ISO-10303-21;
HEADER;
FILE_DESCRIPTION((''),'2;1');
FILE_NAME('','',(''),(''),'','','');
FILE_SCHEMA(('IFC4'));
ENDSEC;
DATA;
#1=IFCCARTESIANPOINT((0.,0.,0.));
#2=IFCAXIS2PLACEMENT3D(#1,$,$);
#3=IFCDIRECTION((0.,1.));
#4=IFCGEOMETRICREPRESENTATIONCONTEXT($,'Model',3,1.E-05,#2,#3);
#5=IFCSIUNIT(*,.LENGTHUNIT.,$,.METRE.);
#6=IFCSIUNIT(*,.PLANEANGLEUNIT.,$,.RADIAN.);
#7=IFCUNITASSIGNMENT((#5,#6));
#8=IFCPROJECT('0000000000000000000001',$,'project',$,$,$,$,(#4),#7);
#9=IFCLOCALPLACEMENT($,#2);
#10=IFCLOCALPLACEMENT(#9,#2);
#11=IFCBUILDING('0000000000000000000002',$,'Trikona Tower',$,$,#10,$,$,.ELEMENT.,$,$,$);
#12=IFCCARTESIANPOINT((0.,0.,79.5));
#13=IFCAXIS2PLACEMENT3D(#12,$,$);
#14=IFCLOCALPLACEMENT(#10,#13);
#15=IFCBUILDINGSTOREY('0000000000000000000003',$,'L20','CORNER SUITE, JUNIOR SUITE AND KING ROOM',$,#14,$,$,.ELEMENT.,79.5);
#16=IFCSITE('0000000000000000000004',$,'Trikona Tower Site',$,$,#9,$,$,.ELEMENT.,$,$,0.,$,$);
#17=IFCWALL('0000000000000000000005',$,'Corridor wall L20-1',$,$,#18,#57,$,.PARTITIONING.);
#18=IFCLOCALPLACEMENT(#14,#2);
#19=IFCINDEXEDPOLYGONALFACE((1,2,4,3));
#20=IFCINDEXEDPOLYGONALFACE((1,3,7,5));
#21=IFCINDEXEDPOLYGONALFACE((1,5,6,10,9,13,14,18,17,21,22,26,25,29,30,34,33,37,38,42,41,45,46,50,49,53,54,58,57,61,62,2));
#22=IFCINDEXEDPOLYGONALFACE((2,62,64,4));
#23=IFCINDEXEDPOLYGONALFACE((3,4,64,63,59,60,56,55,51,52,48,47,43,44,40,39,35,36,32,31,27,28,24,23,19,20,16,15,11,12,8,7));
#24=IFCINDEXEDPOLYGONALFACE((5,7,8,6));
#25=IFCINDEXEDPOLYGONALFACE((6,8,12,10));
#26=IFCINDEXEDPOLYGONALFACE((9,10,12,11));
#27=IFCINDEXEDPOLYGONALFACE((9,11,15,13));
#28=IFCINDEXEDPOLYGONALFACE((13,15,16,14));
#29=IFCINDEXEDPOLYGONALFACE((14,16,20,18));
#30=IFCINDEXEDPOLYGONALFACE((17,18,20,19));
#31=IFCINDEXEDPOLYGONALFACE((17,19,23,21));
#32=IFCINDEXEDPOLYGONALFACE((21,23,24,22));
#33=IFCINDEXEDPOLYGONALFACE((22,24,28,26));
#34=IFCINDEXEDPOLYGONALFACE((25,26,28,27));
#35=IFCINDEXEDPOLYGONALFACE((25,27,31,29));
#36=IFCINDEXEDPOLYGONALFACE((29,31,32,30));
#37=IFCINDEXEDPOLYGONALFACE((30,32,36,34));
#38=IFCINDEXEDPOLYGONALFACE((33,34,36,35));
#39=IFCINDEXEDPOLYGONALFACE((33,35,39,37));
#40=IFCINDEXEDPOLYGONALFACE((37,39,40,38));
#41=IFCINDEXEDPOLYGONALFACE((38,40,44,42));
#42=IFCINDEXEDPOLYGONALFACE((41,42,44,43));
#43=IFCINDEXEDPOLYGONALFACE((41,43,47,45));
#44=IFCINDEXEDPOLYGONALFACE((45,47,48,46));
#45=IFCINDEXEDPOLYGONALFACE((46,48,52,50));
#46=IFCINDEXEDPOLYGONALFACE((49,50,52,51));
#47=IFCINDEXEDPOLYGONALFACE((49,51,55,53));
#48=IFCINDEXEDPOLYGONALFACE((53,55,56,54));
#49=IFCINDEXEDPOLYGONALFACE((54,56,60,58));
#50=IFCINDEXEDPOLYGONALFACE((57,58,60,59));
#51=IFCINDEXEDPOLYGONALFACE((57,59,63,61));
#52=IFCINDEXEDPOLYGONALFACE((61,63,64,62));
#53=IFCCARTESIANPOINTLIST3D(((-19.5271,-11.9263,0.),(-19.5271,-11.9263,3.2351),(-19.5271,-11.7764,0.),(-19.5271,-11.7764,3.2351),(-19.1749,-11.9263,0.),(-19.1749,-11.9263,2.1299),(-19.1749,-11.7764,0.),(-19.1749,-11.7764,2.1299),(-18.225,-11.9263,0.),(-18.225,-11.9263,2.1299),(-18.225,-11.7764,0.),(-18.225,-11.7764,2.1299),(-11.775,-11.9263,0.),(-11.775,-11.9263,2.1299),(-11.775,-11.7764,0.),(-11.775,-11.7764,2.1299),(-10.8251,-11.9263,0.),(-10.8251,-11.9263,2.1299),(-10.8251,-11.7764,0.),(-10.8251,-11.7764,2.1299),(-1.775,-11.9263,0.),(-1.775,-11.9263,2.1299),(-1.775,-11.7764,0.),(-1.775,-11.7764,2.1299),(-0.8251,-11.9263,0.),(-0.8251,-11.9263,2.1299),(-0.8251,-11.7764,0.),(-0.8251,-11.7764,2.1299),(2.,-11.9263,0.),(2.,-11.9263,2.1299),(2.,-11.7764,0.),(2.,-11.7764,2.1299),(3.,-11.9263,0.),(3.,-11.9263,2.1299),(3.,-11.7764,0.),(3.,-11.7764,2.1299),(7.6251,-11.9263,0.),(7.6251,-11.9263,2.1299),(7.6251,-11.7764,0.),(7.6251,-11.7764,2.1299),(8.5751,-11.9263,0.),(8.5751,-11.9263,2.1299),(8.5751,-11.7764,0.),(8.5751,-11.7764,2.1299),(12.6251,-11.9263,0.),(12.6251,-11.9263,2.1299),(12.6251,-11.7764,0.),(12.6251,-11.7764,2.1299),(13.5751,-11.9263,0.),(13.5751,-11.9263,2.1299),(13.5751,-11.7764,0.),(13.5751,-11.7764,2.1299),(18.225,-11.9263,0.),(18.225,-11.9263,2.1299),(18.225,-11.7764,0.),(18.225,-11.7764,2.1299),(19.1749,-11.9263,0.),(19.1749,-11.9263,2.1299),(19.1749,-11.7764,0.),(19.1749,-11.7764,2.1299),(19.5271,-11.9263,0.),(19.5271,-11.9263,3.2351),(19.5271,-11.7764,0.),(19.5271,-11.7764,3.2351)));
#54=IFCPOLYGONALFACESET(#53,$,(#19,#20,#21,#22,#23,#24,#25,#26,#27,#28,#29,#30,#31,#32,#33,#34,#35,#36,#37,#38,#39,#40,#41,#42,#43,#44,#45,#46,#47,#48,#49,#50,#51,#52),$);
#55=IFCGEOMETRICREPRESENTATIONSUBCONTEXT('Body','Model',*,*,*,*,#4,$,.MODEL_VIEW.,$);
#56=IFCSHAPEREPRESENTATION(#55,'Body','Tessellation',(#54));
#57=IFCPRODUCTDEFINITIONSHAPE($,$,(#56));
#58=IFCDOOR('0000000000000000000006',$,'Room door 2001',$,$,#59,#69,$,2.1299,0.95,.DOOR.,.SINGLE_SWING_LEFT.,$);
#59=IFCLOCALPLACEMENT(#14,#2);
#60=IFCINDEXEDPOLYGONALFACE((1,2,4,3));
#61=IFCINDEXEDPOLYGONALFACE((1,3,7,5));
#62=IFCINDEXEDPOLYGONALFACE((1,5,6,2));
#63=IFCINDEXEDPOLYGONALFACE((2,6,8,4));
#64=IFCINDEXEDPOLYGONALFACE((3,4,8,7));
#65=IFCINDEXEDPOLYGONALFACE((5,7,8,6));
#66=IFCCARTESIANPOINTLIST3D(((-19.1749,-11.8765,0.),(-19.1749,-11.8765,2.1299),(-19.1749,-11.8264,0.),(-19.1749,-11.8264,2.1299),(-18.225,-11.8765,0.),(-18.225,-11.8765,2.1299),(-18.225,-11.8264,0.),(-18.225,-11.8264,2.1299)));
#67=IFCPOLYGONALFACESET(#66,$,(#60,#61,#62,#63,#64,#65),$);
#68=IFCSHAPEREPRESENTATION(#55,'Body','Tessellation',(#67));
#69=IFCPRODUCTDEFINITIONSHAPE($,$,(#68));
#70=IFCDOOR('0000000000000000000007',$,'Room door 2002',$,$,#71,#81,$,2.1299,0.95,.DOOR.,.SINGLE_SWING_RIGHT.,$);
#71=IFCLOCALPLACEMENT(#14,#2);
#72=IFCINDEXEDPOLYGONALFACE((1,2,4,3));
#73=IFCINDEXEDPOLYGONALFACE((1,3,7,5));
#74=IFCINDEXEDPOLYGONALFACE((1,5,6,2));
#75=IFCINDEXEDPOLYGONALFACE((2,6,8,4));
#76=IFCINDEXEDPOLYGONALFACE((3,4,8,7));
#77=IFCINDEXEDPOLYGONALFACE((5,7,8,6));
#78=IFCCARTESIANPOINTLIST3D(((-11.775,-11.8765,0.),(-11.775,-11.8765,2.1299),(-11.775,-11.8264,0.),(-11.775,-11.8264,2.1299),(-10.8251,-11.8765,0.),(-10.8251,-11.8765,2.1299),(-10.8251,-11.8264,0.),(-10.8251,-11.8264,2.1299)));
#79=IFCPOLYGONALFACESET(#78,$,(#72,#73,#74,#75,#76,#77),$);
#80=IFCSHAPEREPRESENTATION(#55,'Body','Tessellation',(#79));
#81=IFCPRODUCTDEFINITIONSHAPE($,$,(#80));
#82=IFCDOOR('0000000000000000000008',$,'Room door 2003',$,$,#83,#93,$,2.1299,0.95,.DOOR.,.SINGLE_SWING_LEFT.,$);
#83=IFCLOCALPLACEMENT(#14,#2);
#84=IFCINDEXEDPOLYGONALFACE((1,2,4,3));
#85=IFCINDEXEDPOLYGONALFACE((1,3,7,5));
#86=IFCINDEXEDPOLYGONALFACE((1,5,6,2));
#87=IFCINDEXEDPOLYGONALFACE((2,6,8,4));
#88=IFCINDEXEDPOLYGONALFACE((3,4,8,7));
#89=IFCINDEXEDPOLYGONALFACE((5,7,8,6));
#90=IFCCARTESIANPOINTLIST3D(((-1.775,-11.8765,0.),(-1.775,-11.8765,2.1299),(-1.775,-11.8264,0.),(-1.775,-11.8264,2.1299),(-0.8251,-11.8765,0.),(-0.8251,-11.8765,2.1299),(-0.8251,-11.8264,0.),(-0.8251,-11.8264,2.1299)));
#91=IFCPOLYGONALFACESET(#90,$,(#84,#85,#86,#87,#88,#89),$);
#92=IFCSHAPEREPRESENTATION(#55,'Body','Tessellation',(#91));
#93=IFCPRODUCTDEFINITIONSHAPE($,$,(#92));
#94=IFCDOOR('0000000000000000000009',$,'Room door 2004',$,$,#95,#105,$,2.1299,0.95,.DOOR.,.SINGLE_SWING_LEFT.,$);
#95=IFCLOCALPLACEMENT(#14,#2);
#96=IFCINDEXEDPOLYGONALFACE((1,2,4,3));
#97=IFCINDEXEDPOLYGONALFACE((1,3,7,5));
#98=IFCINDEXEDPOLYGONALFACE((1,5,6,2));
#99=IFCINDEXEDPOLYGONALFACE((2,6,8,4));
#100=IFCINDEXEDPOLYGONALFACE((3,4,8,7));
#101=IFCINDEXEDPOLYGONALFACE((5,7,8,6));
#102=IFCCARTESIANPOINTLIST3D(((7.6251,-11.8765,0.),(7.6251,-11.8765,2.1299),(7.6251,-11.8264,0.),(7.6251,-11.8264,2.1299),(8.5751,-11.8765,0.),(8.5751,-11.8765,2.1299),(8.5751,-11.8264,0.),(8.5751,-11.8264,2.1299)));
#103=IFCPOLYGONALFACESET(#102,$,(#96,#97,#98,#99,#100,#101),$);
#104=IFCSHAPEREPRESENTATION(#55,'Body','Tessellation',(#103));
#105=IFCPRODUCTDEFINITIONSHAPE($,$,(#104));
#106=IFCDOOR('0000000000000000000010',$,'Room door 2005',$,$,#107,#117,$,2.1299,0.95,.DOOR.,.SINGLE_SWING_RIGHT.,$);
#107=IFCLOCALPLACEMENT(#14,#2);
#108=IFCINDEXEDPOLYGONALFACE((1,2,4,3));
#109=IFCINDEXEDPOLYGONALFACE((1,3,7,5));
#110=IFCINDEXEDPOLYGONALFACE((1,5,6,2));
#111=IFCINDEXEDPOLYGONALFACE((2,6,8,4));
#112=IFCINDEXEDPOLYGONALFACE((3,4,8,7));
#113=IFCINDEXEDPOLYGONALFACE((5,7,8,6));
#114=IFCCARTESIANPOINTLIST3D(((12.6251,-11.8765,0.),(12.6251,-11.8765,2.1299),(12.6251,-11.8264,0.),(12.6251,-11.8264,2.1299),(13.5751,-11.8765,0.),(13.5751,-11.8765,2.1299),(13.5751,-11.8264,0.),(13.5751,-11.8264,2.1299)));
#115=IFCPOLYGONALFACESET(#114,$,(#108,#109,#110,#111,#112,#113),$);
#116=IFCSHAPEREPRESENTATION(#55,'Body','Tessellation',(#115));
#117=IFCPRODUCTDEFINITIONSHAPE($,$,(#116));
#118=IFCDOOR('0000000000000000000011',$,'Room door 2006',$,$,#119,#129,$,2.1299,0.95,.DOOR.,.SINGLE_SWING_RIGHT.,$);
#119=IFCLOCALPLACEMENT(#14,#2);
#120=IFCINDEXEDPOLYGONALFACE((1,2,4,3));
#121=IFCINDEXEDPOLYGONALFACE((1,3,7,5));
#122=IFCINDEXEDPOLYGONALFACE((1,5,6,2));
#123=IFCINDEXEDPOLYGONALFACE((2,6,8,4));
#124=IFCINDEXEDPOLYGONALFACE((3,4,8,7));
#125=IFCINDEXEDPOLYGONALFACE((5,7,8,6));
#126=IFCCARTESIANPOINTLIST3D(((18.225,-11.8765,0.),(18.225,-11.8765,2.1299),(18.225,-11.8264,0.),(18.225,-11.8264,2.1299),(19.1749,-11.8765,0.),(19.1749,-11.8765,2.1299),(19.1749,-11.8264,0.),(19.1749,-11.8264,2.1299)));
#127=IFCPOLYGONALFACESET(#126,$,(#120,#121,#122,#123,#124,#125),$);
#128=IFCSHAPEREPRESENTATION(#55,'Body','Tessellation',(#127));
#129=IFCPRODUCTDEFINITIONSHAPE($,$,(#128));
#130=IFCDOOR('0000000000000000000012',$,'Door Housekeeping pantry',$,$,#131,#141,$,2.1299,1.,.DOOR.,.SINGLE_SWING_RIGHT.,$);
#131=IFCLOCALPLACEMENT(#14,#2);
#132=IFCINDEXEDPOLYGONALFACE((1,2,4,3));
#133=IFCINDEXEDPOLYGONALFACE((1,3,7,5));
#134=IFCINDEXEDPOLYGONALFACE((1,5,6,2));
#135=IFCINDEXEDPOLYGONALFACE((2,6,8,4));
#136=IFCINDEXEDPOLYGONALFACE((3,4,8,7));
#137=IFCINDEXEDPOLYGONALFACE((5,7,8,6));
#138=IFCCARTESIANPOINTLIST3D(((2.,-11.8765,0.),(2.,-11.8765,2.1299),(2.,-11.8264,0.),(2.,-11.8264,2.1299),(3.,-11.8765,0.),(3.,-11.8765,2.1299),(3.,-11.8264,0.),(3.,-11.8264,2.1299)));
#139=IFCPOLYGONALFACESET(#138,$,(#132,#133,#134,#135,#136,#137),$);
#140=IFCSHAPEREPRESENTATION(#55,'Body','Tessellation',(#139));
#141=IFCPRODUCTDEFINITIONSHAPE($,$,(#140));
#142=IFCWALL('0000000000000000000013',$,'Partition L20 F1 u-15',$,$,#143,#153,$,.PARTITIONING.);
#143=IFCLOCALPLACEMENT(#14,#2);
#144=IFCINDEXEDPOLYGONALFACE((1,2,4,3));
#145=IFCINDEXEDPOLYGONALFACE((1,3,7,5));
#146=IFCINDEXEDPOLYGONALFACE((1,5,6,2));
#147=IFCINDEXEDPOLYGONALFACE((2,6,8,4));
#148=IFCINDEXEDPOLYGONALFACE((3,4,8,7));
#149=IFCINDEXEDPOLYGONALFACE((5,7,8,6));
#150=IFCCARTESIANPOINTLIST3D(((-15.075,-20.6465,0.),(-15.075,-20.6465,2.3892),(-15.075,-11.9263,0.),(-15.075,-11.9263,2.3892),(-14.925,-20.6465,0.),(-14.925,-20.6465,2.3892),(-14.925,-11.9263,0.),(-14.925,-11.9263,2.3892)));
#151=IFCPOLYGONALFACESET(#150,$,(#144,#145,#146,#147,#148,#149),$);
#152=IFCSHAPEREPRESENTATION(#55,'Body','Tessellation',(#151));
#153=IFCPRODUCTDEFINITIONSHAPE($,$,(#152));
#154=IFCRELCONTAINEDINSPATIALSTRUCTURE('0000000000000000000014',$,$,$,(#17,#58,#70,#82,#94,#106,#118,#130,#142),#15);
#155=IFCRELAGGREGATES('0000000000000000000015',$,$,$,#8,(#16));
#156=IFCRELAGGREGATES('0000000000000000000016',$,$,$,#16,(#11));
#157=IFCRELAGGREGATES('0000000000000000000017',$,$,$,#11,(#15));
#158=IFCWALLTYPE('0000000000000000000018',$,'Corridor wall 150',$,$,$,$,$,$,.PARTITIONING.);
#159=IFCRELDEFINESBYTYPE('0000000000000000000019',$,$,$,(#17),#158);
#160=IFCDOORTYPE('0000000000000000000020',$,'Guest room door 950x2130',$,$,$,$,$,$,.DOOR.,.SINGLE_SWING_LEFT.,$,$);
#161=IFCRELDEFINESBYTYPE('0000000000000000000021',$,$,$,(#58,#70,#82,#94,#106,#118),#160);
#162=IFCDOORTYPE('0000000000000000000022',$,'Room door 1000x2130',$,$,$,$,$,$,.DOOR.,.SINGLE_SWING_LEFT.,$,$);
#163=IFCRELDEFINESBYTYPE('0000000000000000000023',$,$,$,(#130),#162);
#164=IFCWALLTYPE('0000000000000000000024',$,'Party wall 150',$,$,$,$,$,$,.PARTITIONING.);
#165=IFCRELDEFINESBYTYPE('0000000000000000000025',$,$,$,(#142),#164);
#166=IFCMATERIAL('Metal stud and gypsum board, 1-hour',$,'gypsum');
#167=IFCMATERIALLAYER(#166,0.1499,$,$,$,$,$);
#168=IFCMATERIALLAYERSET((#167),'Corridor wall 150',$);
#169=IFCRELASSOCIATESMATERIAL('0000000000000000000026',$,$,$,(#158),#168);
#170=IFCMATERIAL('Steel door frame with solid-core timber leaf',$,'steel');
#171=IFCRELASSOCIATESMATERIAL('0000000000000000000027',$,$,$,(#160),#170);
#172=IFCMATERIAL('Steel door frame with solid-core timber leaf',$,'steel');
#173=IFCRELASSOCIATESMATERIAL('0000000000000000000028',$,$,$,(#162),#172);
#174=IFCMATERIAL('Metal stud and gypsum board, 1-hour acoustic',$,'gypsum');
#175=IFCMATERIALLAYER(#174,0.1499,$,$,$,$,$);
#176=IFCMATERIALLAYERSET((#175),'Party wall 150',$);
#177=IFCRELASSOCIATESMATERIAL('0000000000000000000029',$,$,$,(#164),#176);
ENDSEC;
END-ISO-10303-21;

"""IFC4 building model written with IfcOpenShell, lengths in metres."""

from ifc_helpers import new_model, si_unit, direction, frame, frame_2d, origin, place, context, subcontext, project, spatial, rectangle, extrude, material, layer, layer_set, type_object, element, fill, save


model = new_model("IFC4")

# Units and contexts
model_context = context("Model", 3, precision=1e-05, world=origin(), true_north=direction((0.0, 1.0)))
body_context = subcontext(model_context, "Body", "Model", "MODEL_VIEW")
ifc_project = project(units=[si_unit("LENGTHUNIT", "METRE"), si_unit("PLANEANGLEUNIT", "RADIAN")], contexts=[model_context])

# Site, building, storey
site_placement = place(None, origin())
site = spatial("IfcSite", under=ifc_project, at=site_placement, Name="Trikona Tower Site", CompositionType="ELEMENT", RefElevation=0.0)
building_placement = place(site_placement, origin())
building = spatial("IfcBuilding", under=site, at=building_placement, Name="Trikona Tower", CompositionType="ELEMENT")
storey_placement = place(building_placement, frame((0.0, 0.0, 79.5)))
storey = spatial("IfcBuildingStorey", under=building, at=storey_placement, Name="L20", Description="CORNER SUITE, JUNIOR SUITE AND KING ROOM", CompositionType="ELEMENT", Elevation=79.5)

# Wall, openings, doors
ifc_material_1 = material(Name="Metal stud and gypsum board, 1-hour", Category="gypsum")
ifc_layer_1 = layer(ifc_material_1, 0.1499)
ifc_layer_set_1 = layer_set([ifc_layer_1], Name="Corridor wall 150")
wall_type_1 = type_object("IfcWallType", Name="Corridor wall 150", PredefinedType="PARTITIONING", material=ifc_layer_set_1)
wall_1_placement = place(storey_placement, frame((-19.5271, -11.8513, 0.0), z_axis=(0.0, 0.0, 1.0), x_axis=(1.0, 0.0, 0.0)))
wall_1 = element("IfcWall", 1, at=wall_1_placement, inside=storey, type_object=wall_type_1, Name="Corridor wall L20-1", PredefinedType="PARTITIONING", context=body_context, shape_type="SweptSolid", body=[
    extrude(rectangle(XDim=39.0542, YDim=0.1499, at=frame_2d((19.5271, 0.0))), origin(), (0.0, 0.0, 1.0), 3.2351),
])
opening_1_placement = place(wall_1_placement, frame((0.3521, 0.0, 0.0)))
opening_1 = element("IfcOpeningElement", 2, at=opening_1_placement, cuts=wall_1, PredefinedType="OPENING", context=body_context, shape_type="SweptSolid", body=[
    extrude(rectangle(XDim=0.95, YDim=2.1299, at=frame_2d((0.4751, 1.0649))), frame((0.0, 0.085, 0.0), z_axis=(0.0, -1.0, 0.0), x_axis=(1.0, 0.0, 0.0)), (0.0, 0.0, 1.0), 0.1699),
])
opening_2_placement = place(wall_1_placement, frame((7.752, 0.0, 0.0)))
opening_2 = element("IfcOpeningElement", 3, at=opening_2_placement, cuts=wall_1, PredefinedType="OPENING", context=body_context, shape_type="SweptSolid", body=[
    extrude(rectangle(XDim=0.95, YDim=2.1299, at=frame_2d((0.4751, 1.0649))), frame((0.0, 0.085, 0.0), z_axis=(0.0, -1.0, 0.0), x_axis=(1.0, 0.0, 0.0)), (0.0, 0.0, 1.0), 0.1699),
])
opening_3_placement = place(wall_1_placement, frame((17.752, 0.0, 0.0)))
opening_3 = element("IfcOpeningElement", 4, at=opening_3_placement, cuts=wall_1, PredefinedType="OPENING", context=body_context, shape_type="SweptSolid", body=[
    extrude(rectangle(XDim=0.95, YDim=2.1299, at=frame_2d((0.4751, 1.0649))), frame((0.0, 0.085, 0.0), z_axis=(0.0, -1.0, 0.0), x_axis=(1.0, 0.0, 0.0)), (0.0, 0.0, 1.0), 0.1699),
])
opening_4_placement = place(wall_1_placement, frame((21.5271, 0.0, 0.0)))
opening_4 = element("IfcOpeningElement", 5, at=opening_4_placement, cuts=wall_1, PredefinedType="OPENING", context=body_context, shape_type="SweptSolid", body=[
    extrude(rectangle(XDim=1.0, YDim=2.1299, at=frame_2d((0.5, 1.0649))), frame((0.0, 0.085, 0.0), z_axis=(0.0, -1.0, 0.0), x_axis=(1.0, 0.0, 0.0)), (0.0, 0.0, 1.0), 0.1699),
])
opening_5_placement = place(wall_1_placement, frame((27.1521, 0.0, 0.0)))
opening_5 = element("IfcOpeningElement", 6, at=opening_5_placement, cuts=wall_1, PredefinedType="OPENING", context=body_context, shape_type="SweptSolid", body=[
    extrude(rectangle(XDim=0.95, YDim=2.1299, at=frame_2d((0.4751, 1.0649))), frame((0.0, 0.085, 0.0), z_axis=(0.0, -1.0, 0.0), x_axis=(1.0, 0.0, 0.0)), (0.0, 0.0, 1.0), 0.1699),
])
opening_6_placement = place(wall_1_placement, frame((32.1521, 0.0, 0.0)))
opening_6 = element("IfcOpeningElement", 7, at=opening_6_placement, cuts=wall_1, PredefinedType="OPENING", context=body_context, shape_type="SweptSolid", body=[
    extrude(rectangle(XDim=0.95, YDim=2.1299, at=frame_2d((0.4751, 1.0649))), frame((0.0, 0.085, 0.0), z_axis=(0.0, -1.0, 0.0), x_axis=(1.0, 0.0, 0.0)), (0.0, 0.0, 1.0), 0.1699),
])
opening_7_placement = place(wall_1_placement, frame((37.752, 0.0, 0.0)))
opening_7 = element("IfcOpeningElement", 8, at=opening_7_placement, cuts=wall_1, PredefinedType="OPENING", context=body_context, shape_type="SweptSolid", body=[
    extrude(rectangle(XDim=0.95, YDim=2.1299, at=frame_2d((0.4751, 1.0649))), frame((0.0, 0.085, 0.0), z_axis=(0.0, -1.0, 0.0), x_axis=(1.0, 0.0, 0.0)), (0.0, 0.0, 1.0), 0.1699),
])
ifc_material_2 = material(Name="Steel door frame with solid-core timber leaf", Category="steel")
door_type_1 = type_object("IfcDoorType", Name="Guest room door 950x2130", OperationType="SINGLE_SWING_LEFT", PredefinedType="DOOR", material=ifc_material_2)
door_1_placement = place(opening_1_placement, origin())
door_1 = element("IfcDoor", 9, at=door_1_placement, inside=storey, type_object=door_type_1, Name="Room door 2001", OperationType="SINGLE_SWING_LEFT", OverallHeight=2.1299, OverallWidth=0.95, PredefinedType="DOOR", context=body_context, shape_type="SweptSolid", body=[
    extrude(rectangle(XDim=0.95, YDim=2.1299, at=frame_2d((0.4751, 1.0649))), frame((0.0, 0.0249, 0.0), z_axis=(0.0, -1.0, 0.0), x_axis=(1.0, 0.0, 0.0)), (0.0, 0.0, 1.0), 0.05),
])
fill(opening_1, door_1)
door_2_placement = place(opening_2_placement, origin())
door_2 = element("IfcDoor", 10, at=door_2_placement, inside=storey, type_object=door_type_1, Name="Room door 2002", OperationType="SINGLE_SWING_RIGHT", OverallHeight=2.1299, OverallWidth=0.95, PredefinedType="DOOR", context=body_context, shape_type="SweptSolid", body=[
    extrude(rectangle(XDim=0.95, YDim=2.1299, at=frame_2d((0.4751, 1.0649))), frame((0.0, 0.0249, 0.0), z_axis=(0.0, -1.0, 0.0), x_axis=(1.0, 0.0, 0.0)), (0.0, 0.0, 1.0), 0.05),
])
fill(opening_2, door_2)
door_3_placement = place(opening_3_placement, origin())
door_3 = element("IfcDoor", 11, at=door_3_placement, inside=storey, type_object=door_type_1, Name="Room door 2003", OperationType="SINGLE_SWING_LEFT", OverallHeight=2.1299, OverallWidth=0.95, PredefinedType="DOOR", context=body_context, shape_type="SweptSolid", body=[
    extrude(rectangle(XDim=0.95, YDim=2.1299, at=frame_2d((0.4751, 1.0649))), frame((0.0, 0.0249, 0.0), z_axis=(0.0, -1.0, 0.0), x_axis=(1.0, 0.0, 0.0)), (0.0, 0.0, 1.0), 0.05),
])
fill(opening_3, door_3)
door_4_placement = place(opening_5_placement, origin())
door_4 = element("IfcDoor", 12, at=door_4_placement, inside=storey, type_object=door_type_1, Name="Room door 2004", OperationType="SINGLE_SWING_LEFT", OverallHeight=2.1299, OverallWidth=0.95, PredefinedType="DOOR", context=body_context, shape_type="SweptSolid", body=[
    extrude(rectangle(XDim=0.95, YDim=2.1299, at=frame_2d((0.4751, 1.0649))), frame((0.0, 0.0249, 0.0), z_axis=(0.0, -1.0, 0.0), x_axis=(1.0, 0.0, 0.0)), (0.0, 0.0, 1.0), 0.05),
])
fill(opening_5, door_4)
door_5_placement = place(opening_6_placement, origin())
door_5 = element("IfcDoor", 13, at=door_5_placement, inside=storey, type_object=door_type_1, Name="Room door 2005", OperationType="SINGLE_SWING_RIGHT", OverallHeight=2.1299, OverallWidth=0.95, PredefinedType="DOOR", context=body_context, shape_type="SweptSolid", body=[
    extrude(rectangle(XDim=0.95, YDim=2.1299, at=frame_2d((0.4751, 1.0649))), frame((0.0, 0.0249, 0.0), z_axis=(0.0, -1.0, 0.0), x_axis=(1.0, 0.0, 0.0)), (0.0, 0.0, 1.0), 0.05),
])
fill(opening_6, door_5)
door_6_placement = place(opening_7_placement, origin())
door_6 = element("IfcDoor", 14, at=door_6_placement, inside=storey, type_object=door_type_1, Name="Room door 2006", OperationType="SINGLE_SWING_RIGHT", OverallHeight=2.1299, OverallWidth=0.95, PredefinedType="DOOR", context=body_context, shape_type="SweptSolid", body=[
    extrude(rectangle(XDim=0.95, YDim=2.1299, at=frame_2d((0.4751, 1.0649))), frame((0.0, 0.0249, 0.0), z_axis=(0.0, -1.0, 0.0), x_axis=(1.0, 0.0, 0.0)), (0.0, 0.0, 1.0), 0.05),
])
fill(opening_7, door_6)
ifc_material_3 = material(Name="Steel door frame with solid-core timber leaf", Category="steel")
door_type_2 = type_object("IfcDoorType", Name="Room door 1000x2130", OperationType="SINGLE_SWING_LEFT", PredefinedType="DOOR", material=ifc_material_3)
door_7_placement = place(opening_4_placement, origin())
door_7 = element("IfcDoor", 15, at=door_7_placement, inside=storey, type_object=door_type_2, Name="Door Housekeeping pantry", OperationType="SINGLE_SWING_RIGHT", OverallHeight=2.1299, OverallWidth=1.0, PredefinedType="DOOR", context=body_context, shape_type="SweptSolid", body=[
    extrude(rectangle(XDim=1.0, YDim=2.1299, at=frame_2d((0.5, 1.0649))), frame((0.0, 0.0249, 0.0), z_axis=(0.0, -1.0, 0.0), x_axis=(1.0, 0.0, 0.0)), (0.0, 0.0, 1.0), 0.05),
])
fill(opening_4, door_7)

# Wall
ifc_material_4 = material(Name="Metal stud and gypsum board, 1-hour acoustic", Category="gypsum")
ifc_layer_2 = layer(ifc_material_4, 0.1499)
ifc_layer_set_2 = layer_set([ifc_layer_2], Name="Party wall 150")
wall_type_2 = type_object("IfcWallType", Name="Party wall 150", PredefinedType="PARTITIONING", material=ifc_layer_set_2)
wall_2_placement = place(storey_placement, frame((-15.0, -11.9263, 0.0), z_axis=(0.0, 0.0, 1.0), x_axis=(0.0, -1.0, 0.0)))
element("IfcWall", 16, at=wall_2_placement, inside=storey, type_object=wall_type_2, Name="Partition L20 F1 u-15", PredefinedType="PARTITIONING", context=body_context, shape_type="SweptSolid", body=[
    extrude(rectangle(XDim=8.7202, YDim=0.1499, at=frame_2d((4.3601, 0.0))), origin(), (0.0, 0.0, 1.0), 2.3892),
])

save(model, "model.ifc")
